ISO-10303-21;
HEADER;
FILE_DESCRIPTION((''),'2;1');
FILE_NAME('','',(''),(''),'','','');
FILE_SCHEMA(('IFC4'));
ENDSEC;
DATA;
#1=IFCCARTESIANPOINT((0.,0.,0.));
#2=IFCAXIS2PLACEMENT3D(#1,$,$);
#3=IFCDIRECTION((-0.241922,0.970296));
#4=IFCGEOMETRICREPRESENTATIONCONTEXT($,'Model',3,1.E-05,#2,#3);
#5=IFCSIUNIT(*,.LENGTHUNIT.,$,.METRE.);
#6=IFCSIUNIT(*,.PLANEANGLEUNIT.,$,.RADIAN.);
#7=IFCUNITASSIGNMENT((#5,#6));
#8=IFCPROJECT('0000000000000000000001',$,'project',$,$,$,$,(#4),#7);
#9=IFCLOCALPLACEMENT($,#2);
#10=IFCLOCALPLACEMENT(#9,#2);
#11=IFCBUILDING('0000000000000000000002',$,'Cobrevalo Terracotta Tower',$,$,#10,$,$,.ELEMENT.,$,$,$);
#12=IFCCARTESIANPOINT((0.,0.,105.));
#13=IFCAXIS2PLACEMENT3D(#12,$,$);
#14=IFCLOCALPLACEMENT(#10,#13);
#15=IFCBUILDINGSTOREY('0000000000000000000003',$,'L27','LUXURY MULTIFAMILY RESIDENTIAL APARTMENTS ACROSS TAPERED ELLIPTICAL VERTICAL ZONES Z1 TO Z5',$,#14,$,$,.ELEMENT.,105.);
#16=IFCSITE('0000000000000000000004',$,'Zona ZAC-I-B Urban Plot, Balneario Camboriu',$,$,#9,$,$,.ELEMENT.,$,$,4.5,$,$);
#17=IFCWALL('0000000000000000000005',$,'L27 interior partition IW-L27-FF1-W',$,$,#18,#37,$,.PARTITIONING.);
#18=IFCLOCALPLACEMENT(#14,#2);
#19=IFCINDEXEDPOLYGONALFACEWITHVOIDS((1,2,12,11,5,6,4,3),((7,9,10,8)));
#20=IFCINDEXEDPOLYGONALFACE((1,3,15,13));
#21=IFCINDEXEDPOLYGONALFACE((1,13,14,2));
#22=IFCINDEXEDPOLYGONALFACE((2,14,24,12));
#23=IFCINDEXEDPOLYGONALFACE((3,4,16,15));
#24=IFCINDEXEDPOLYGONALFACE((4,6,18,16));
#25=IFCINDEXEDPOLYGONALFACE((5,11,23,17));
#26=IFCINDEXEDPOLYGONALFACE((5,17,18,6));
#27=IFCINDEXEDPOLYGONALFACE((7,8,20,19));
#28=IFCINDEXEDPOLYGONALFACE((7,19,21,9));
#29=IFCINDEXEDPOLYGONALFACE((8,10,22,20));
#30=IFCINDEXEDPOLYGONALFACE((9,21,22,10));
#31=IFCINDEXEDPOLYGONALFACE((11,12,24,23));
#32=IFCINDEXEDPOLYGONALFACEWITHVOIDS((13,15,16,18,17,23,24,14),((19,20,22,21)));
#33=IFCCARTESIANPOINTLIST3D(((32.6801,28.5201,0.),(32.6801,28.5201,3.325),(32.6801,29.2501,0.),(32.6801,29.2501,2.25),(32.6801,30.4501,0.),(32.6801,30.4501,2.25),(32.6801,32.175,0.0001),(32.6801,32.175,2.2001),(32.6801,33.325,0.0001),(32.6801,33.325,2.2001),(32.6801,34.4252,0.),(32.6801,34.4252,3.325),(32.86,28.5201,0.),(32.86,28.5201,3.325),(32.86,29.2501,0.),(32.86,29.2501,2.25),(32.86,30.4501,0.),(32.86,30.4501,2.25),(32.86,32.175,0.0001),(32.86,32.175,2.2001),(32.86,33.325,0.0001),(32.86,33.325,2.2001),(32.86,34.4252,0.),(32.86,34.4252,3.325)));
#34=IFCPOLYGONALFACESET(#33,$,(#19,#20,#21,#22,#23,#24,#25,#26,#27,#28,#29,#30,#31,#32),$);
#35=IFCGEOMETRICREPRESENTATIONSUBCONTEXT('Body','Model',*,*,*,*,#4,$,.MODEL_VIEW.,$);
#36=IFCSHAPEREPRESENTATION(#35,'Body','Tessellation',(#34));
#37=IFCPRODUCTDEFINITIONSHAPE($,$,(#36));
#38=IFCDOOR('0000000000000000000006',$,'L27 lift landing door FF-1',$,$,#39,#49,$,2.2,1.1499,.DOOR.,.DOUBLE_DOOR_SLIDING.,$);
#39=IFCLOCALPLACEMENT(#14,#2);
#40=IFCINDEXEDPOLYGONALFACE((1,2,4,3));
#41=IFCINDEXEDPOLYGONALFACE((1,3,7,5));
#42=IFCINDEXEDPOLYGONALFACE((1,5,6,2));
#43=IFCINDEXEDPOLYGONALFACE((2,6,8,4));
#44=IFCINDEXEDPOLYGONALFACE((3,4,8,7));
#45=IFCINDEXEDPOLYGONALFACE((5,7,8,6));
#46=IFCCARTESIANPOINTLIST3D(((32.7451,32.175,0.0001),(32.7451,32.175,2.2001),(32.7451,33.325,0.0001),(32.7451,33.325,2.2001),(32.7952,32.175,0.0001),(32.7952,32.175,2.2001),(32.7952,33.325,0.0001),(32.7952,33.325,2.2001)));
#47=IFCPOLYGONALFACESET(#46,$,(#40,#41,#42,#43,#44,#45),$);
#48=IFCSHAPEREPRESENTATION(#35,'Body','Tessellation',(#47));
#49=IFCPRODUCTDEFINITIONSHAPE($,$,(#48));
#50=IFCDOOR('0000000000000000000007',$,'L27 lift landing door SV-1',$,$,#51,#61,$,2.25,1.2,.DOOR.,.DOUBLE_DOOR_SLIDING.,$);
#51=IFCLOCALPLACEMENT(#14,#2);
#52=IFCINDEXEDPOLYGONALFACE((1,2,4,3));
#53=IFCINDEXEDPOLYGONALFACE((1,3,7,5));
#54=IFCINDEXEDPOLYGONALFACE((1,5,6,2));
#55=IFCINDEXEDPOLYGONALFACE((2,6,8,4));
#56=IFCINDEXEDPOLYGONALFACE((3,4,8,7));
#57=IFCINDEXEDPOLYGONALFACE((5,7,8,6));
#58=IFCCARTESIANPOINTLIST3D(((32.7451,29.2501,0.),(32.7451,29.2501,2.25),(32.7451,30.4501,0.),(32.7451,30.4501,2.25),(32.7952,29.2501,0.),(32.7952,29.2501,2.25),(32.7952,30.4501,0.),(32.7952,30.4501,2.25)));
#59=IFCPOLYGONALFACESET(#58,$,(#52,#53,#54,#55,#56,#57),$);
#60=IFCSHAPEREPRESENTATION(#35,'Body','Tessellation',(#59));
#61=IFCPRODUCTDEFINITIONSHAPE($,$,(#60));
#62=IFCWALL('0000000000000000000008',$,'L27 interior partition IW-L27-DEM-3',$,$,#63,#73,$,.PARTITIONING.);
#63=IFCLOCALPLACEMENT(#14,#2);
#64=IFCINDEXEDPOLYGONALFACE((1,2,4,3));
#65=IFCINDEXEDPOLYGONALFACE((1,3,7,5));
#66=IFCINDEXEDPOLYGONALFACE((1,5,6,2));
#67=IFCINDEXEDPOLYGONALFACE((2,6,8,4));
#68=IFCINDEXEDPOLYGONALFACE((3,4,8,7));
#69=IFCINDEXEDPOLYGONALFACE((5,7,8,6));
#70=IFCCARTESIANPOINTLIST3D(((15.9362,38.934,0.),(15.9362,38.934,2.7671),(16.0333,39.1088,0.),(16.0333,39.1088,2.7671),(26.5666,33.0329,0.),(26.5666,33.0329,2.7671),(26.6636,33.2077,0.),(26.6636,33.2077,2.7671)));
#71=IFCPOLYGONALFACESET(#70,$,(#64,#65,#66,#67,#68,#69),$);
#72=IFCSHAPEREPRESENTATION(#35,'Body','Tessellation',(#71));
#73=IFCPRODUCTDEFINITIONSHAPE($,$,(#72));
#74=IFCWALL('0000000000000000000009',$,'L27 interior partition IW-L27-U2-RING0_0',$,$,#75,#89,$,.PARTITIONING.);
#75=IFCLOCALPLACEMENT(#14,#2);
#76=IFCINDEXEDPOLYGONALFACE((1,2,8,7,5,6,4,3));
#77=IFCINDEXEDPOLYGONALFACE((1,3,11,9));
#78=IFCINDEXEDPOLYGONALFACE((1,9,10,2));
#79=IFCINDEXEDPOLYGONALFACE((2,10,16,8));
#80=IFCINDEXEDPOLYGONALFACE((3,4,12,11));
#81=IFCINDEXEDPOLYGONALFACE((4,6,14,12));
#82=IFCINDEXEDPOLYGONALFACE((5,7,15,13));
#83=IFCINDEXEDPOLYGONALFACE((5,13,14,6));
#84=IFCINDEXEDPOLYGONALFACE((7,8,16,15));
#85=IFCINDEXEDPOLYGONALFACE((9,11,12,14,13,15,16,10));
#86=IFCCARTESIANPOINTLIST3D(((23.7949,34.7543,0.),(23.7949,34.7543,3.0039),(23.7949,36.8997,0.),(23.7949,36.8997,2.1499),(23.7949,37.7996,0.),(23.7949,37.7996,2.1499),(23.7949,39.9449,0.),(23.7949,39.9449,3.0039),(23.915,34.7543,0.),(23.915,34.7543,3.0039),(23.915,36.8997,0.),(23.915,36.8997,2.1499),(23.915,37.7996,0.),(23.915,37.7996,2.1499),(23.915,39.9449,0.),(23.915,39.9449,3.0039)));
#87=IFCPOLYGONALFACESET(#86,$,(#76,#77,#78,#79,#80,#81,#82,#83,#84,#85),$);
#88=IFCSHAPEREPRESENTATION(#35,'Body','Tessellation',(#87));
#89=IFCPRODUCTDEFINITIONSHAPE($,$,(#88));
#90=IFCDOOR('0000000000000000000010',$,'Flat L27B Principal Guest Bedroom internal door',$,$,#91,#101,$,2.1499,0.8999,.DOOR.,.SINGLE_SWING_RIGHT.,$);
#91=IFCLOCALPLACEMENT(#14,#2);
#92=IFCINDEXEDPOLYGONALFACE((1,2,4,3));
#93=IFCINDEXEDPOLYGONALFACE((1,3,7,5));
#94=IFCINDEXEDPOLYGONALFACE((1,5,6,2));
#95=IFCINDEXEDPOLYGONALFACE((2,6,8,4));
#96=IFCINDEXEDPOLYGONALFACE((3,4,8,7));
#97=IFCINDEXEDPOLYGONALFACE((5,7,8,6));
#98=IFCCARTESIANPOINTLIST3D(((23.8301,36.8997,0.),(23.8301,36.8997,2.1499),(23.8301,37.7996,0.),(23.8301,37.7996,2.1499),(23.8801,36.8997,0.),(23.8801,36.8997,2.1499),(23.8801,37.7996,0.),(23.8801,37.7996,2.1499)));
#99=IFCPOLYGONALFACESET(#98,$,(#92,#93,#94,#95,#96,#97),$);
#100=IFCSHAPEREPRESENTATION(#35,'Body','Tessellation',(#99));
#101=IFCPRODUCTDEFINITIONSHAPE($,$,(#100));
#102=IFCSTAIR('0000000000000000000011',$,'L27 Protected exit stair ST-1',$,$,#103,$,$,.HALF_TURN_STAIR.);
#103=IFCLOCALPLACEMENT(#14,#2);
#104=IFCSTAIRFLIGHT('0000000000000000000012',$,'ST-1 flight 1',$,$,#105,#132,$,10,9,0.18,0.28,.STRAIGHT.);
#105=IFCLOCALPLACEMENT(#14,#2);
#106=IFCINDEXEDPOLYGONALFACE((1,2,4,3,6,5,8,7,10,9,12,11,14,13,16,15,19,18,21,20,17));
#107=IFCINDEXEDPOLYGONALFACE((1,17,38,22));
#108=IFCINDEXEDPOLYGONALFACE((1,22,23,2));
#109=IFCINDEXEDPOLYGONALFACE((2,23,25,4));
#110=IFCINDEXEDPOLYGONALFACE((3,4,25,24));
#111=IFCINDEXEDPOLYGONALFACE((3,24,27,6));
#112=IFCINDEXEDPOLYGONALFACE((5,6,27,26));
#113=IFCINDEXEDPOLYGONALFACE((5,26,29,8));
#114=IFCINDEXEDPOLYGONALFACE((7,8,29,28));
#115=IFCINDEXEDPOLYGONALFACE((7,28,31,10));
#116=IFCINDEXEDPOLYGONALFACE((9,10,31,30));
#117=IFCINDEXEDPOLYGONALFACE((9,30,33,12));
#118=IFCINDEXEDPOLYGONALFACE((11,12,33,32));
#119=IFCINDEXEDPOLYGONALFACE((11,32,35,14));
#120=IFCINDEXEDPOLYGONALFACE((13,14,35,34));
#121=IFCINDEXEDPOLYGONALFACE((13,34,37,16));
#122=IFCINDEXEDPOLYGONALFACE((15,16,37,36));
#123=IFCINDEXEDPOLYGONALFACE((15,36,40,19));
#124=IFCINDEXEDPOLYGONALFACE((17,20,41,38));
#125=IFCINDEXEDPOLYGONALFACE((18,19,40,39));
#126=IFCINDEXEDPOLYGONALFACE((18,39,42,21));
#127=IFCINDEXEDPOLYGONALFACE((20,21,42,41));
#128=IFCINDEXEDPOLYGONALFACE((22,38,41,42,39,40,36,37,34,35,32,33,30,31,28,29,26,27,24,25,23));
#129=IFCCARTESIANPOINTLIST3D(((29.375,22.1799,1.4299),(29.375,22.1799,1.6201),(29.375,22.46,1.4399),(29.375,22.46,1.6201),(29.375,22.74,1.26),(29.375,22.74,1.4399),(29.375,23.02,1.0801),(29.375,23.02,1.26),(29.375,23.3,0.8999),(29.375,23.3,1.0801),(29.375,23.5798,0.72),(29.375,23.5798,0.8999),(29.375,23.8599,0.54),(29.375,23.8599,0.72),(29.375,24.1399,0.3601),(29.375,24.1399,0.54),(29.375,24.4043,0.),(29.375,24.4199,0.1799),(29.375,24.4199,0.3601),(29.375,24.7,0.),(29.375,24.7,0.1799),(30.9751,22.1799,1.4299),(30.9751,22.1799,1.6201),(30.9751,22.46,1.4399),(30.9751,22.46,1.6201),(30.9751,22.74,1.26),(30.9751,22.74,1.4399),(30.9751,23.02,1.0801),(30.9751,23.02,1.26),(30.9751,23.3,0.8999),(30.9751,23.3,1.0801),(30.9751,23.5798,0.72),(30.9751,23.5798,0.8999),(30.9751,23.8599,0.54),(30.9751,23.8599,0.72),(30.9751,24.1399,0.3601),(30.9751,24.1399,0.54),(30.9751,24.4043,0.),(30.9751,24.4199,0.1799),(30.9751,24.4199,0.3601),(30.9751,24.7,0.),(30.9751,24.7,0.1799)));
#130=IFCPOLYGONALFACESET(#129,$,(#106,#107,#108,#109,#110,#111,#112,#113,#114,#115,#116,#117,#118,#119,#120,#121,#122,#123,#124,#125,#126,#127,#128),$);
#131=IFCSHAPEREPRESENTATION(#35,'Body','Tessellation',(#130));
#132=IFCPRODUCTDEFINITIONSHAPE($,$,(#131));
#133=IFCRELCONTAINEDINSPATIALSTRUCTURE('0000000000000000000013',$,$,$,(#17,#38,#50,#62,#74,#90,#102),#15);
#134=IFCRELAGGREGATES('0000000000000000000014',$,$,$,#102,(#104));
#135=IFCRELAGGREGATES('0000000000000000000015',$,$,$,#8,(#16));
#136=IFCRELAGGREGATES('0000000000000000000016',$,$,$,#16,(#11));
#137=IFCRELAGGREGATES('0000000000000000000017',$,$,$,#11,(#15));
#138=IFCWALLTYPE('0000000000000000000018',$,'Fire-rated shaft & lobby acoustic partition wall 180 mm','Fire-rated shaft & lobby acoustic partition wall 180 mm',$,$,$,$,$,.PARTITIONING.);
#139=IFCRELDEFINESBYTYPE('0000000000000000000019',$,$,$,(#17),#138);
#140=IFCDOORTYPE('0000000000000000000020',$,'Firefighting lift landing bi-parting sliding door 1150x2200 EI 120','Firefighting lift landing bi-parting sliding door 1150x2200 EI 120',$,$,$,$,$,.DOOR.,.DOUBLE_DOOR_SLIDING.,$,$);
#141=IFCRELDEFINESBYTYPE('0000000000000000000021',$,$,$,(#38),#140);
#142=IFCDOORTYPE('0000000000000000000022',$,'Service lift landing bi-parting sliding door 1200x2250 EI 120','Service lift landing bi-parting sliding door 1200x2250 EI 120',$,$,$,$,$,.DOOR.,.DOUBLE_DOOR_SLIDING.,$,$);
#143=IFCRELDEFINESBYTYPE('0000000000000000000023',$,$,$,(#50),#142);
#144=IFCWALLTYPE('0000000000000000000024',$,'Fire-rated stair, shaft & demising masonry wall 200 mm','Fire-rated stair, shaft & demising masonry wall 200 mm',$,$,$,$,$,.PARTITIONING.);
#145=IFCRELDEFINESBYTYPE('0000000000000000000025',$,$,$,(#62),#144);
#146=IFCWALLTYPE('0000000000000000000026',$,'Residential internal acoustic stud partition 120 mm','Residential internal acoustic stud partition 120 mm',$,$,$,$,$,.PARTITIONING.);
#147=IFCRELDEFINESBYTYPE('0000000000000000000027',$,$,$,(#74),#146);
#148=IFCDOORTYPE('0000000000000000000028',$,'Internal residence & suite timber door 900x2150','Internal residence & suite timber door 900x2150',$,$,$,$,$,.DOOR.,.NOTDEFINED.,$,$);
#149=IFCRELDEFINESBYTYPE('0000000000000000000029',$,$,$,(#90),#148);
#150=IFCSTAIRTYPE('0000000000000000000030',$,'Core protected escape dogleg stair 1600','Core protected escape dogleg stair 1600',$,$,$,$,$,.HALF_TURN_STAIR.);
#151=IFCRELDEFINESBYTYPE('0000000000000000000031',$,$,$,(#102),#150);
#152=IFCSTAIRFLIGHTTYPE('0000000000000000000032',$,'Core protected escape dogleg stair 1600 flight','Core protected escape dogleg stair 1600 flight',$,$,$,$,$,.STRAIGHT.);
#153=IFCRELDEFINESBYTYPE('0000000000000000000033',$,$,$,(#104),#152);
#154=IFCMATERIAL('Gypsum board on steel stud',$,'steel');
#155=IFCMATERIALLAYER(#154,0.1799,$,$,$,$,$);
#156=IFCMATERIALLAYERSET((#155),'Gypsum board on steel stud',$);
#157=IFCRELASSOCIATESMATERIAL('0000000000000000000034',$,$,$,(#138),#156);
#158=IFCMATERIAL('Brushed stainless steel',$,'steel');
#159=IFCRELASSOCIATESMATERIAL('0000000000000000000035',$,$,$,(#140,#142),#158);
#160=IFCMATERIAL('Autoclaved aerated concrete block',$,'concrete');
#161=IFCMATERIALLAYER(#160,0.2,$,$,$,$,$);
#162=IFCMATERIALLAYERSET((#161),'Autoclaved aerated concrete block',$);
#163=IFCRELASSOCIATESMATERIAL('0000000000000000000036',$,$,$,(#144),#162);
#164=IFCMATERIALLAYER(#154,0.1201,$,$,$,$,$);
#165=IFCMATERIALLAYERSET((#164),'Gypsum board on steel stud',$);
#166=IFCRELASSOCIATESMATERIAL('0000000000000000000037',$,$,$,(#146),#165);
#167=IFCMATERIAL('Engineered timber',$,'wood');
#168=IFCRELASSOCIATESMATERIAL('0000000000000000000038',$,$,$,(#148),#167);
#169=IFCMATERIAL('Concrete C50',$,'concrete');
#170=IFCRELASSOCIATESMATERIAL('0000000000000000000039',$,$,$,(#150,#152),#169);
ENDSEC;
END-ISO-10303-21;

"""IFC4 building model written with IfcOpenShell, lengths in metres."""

from ifc_helpers import new_model, si_unit, direction, frame, frame_2d, origin, place, context, subcontext, project, spatial, polyline, rectangle, outline, extrude, source, transform, mapped, material, layer, layer_set, type_object, element, fill, aggregate, save


model = new_model("IFC4")

# Units and contexts
model_context = context("Model", 3, precision=1e-05, world=origin(), true_north=direction((-0.241922, 0.970296)))
body_context = subcontext(model_context, "Body", "Model", "MODEL_VIEW")
ifc_project = project(units=[si_unit("LENGTHUNIT", "METRE"), si_unit("PLANEANGLEUNIT", "RADIAN")], contexts=[model_context])

# Site, building, storey
site_placement = place(None, origin())
site = spatial("IfcSite", under=ifc_project, at=site_placement, Name="Zona ZAC-I-B Urban Plot, Balneario Camboriu", CompositionType="ELEMENT", RefElevation=4.5)
building_placement = place(site_placement, origin())
building = spatial("IfcBuilding", under=site, at=building_placement, Name="Cobrevalo Terracotta Tower", CompositionType="ELEMENT")
storey_placement = place(building_placement, frame((0.0, 0.0, 105.0)))
storey = spatial("IfcBuildingStorey", under=building, at=storey_placement, Name="L27", Description="LUXURY MULTIFAMILY RESIDENTIAL APARTMENTS ACROSS TAPERED ELLIPTICAL VERTICAL ZONES Z1 TO Z5", CompositionType="ELEMENT", Elevation=105.0)

# Shared definitions
ifc_material_1 = material(Name="Gypsum board on steel stud", Category="steel")

# Shared definitions
ifc_layer_1 = layer(ifc_material_1, 0.1799)
ifc_layer_set_1 = layer_set([ifc_layer_1], Name="Gypsum board on steel stud")
wall_type_1 = type_object("IfcWallType", Name="Fire-rated shaft & lobby acoustic partition wall 180 mm", Description="Fire-rated shaft & lobby acoustic partition wall 180 mm", PredefinedType="PARTITIONING", material=ifc_layer_set_1)

# Wall, openings, doors
wall_1_placement = place(storey_placement, frame((32.77, 28.52, 0.0), z_axis=(0.0, 0.0, 1.0), x_axis=(0.0, 1.0, 0.0)))
wall_1 = element("IfcWall", 1, at=wall_1_placement, inside=storey, type_object=wall_type_1, Name="L27 interior partition IW-L27-FF1-W", PredefinedType="PARTITIONING", context=body_context, shape_type="SweptSolid", body=[
    extrude(rectangle(XDim=5.905, YDim=0.1799, at=frame_2d((2.9526, 0.0))), origin(), (0.0, 0.0, 1.0), 3.325),
])
opening_1_placement = place(wall_1_placement, frame((3.655, 0.0, 0.0)))
opening_1 = element("IfcOpeningElement", 2, at=opening_1_placement, cuts=wall_1, PredefinedType="OPENING", context=body_context, shape_type="SweptSolid", body=[
    extrude(rectangle(XDim=1.1499, YDim=2.2, at=frame_2d((0.575, 1.1001))), frame((0.0, 0.1001, 0.0), z_axis=(0.0, -1.0, 0.0), x_axis=(1.0, 0.0, 0.0)), (0.0, 0.0, 1.0), 0.2),
])
opening_2_placement = place(wall_1_placement, frame((0.73, 0.0, 0.0)))
opening_2 = element("IfcOpeningElement", 3, at=opening_2_placement, cuts=wall_1, PredefinedType="OPENING", context=body_context, shape_type="SweptSolid", body=[
    extrude(rectangle(XDim=1.2, YDim=2.25, at=frame_2d((0.6001, 1.125))), frame((0.0, 0.1001, 0.0), z_axis=(0.0, -1.0, 0.0), x_axis=(1.0, 0.0, 0.0)), (0.0, 0.0, 1.0), 0.2),
])
ifc_material_2 = material(Name="Brushed stainless steel", Category="steel")
door_type_1 = type_object("IfcDoorType", Name="Firefighting lift landing bi-parting sliding door 1150x2200 EI 120", Description="Firefighting lift landing bi-parting sliding door 1150x2200 EI 120", OperationType="DOUBLE_DOOR_SLIDING", PredefinedType="DOOR", material=ifc_material_2)
shared_shape_1 = source(origin(), body_context, "Body", "SweptSolid", [
    extrude(rectangle(XDim=1.1499, YDim=2.2, at=frame_2d((0.575, 1.1001))), frame((0.0, 0.0249, 0.0), z_axis=(0.0, -1.0, 0.0), x_axis=(1.0, 0.0, 0.0)), (0.0, 0.0, 1.0), 0.05),
])
door_1_placement = place(opening_1_placement, origin())
door_1 = element("IfcDoor", 4, at=door_1_placement, inside=storey, type_object=door_type_1, Name="L27 lift landing door FF-1", OperationType="DOUBLE_DOOR_SLIDING", OverallHeight=2.2, OverallWidth=1.1499, PredefinedType="DOOR", context=body_context, shape_type="MappedRepresentation", body=[
    mapped(shared_shape_1, transform((0.0, 0.0, 0.0), scale=1.0)),
])
fill(opening_1, door_1)
door_type_2 = type_object("IfcDoorType", Name="Service lift landing bi-parting sliding door 1200x2250 EI 120", Description="Service lift landing bi-parting sliding door 1200x2250 EI 120", OperationType="DOUBLE_DOOR_SLIDING", PredefinedType="DOOR", material=ifc_material_2)
shared_shape_2 = source(origin(), body_context, "Body", "SweptSolid", [
    extrude(rectangle(XDim=1.2, YDim=2.25, at=frame_2d((0.6001, 1.125))), frame((0.0, 0.0249, 0.0), z_axis=(0.0, -1.0, 0.0), x_axis=(1.0, 0.0, 0.0)), (0.0, 0.0, 1.0), 0.05),
])
door_2_placement = place(opening_2_placement, origin())
door_2 = element("IfcDoor", 5, at=door_2_placement, inside=storey, type_object=door_type_2, Name="L27 lift landing door SV-1", OperationType="DOUBLE_DOOR_SLIDING", OverallHeight=2.25, OverallWidth=1.2, PredefinedType="DOOR", context=body_context, shape_type="MappedRepresentation", body=[
    mapped(shared_shape_2, transform((0.0, 0.0, 0.0), scale=1.0)),
])
fill(opening_2, door_2)

# Wall
ifc_material_3 = material(Name="Autoclaved aerated concrete block", Category="concrete")
ifc_layer_2 = layer(ifc_material_3, 0.2)
ifc_layer_set_2 = layer_set([ifc_layer_2], Name="Autoclaved aerated concrete block")
wall_type_2 = type_object("IfcWallType", Name="Fire-rated stair, shaft & demising masonry wall 200 mm", Description="Fire-rated stair, shaft & demising masonry wall 200 mm", PredefinedType="PARTITIONING", material=ifc_layer_set_2)
wall_2_placement = place(storey_placement, frame((26.615, 33.1204, 0.0), z_axis=(0.0, 0.0, 1.0), x_axis=(-0.874319, 0.485351, 0.0)))
element("IfcWall", 6, at=wall_2_placement, inside=storey, type_object=wall_type_2, Name="L27 interior partition IW-L27-DEM-3", PredefinedType="PARTITIONING", context=body_context, shape_type="SweptSolid", body=[
    extrude(rectangle(XDim=12.1584, YDim=0.2, at=frame_2d((6.0791, 0.0))), origin(), (0.0, 0.0, 1.0), 2.7671),
])

# Wall, opening, door
ifc_layer_3 = layer(ifc_material_1, 0.1201)
ifc_layer_set_3 = layer_set([ifc_layer_3], Name="Gypsum board on steel stud")
wall_type_3 = type_object("IfcWallType", Name="Residential internal acoustic stud partition 120 mm", Description="Residential internal acoustic stud partition 120 mm", PredefinedType="PARTITIONING", material=ifc_layer_set_3)
wall_3_placement = place(storey_placement, frame((23.855, 34.7544, 0.0), z_axis=(0.0, 0.0, 1.0), x_axis=(0.0, 1.0, 0.0)))
wall_3 = element("IfcWall", 7, at=wall_3_placement, inside=storey, type_object=wall_type_3, Name="L27 interior partition IW-L27-U2-RING0_0", PredefinedType="PARTITIONING", context=body_context, shape_type="SweptSolid", body=[
    extrude(rectangle(XDim=5.1907, YDim=0.1201, at=frame_2d((2.5952, 0.0))), origin(), (0.0, 0.0, 1.0), 3.0039),
])
opening_3_placement = place(wall_3_placement, frame((2.1453, 0.0, 0.0)))
opening_3 = element("IfcOpeningElement", 8, at=opening_3_placement, cuts=wall_3, PredefinedType="OPENING", context=body_context, shape_type="SweptSolid", body=[
    extrude(rectangle(XDim=0.8999, YDim=2.1499, at=frame_2d((0.45, 1.075))), frame((0.0, 0.0701, 0.0), z_axis=(0.0, -1.0, 0.0), x_axis=(1.0, 0.0, 0.0)), (0.0, 0.0, 1.0), 0.1401),
])
ifc_material_4 = material(Name="Engineered timber", Category="wood")
door_type_3 = type_object("IfcDoorType", Name="Internal residence & suite timber door 900x2150", Description="Internal residence & suite timber door 900x2150", OperationType="NOTDEFINED", PredefinedType="DOOR", material=ifc_material_4)
shared_shape_3 = source(origin(), body_context, "Body", "SweptSolid", [
    extrude(rectangle(XDim=0.8999, YDim=2.1499, at=frame_2d((0.45, 1.075))), frame((0.0, 0.0249, 0.0), z_axis=(0.0, -1.0, 0.0), x_axis=(1.0, 0.0, 0.0)), (0.0, 0.0, 1.0), 0.05),
])
door_3_placement = place(opening_3_placement, origin())
door_3 = element("IfcDoor", 9, at=door_3_placement, inside=storey, type_object=door_type_3, Name="Flat L27B Principal Guest Bedroom internal door", OperationType="SINGLE_SWING_RIGHT", OverallHeight=2.1499, OverallWidth=0.8999, PredefinedType="DOOR", context=body_context, shape_type="MappedRepresentation", body=[
    mapped(shared_shape_3, transform((0.0, 0.0, 0.0), scale=1.0)),
])
fill(opening_3, door_3)
ifc_material_5 = material(Name="Concrete C50", Category="concrete")

# Stair, stair flight
stair_type = type_object("IfcStairType", Name="Core protected escape dogleg stair 1600", Description="Core protected escape dogleg stair 1600", PredefinedType="HALF_TURN_STAIR", material=ifc_material_5)
stair_placement = place(storey_placement, origin())
stair = element("IfcStair", 10, at=stair_placement, inside=storey, type_object=stair_type, Name="L27 Protected exit stair ST-1", PredefinedType="HALF_TURN_STAIR")
stair_flight_type = type_object("IfcStairFlightType", Name="Core protected escape dogleg stair 1600 flight", Description="Core protected escape dogleg stair 1600 flight", PredefinedType="STRAIGHT", material=ifc_material_5)
stair_flight_placement = place(storey_placement, frame((30.175, 24.7, 0.0), z_axis=(0.0, 0.0, 1.0), x_axis=(0.0, -1.0, 0.0)))
stair_flight = element("IfcStairFlight", 11, at=stair_flight_placement, type_object=stair_flight_type, Name="ST-1 flight 1", NumberOfRisers=10, NumberOfTreads=9, PredefinedType="STRAIGHT", RiserHeight=0.18, TreadLength=0.28, context=body_context, shape_type="SweptSolid", body=[
    extrude(outline(polyline([(0.0, 0.0), (0.0, 0.1799), (0.28, 0.1799), (0.28, 0.3601), (0.5601, 0.3601), (0.5601, 0.54), (0.8401, 0.54), (0.8401, 0.72), (1.1201, 0.72), (1.1201, 0.8999), (1.3999, 0.8999), (1.3999, 1.0801), (1.6799, 1.0801), (1.6799, 1.26), (1.96, 1.26), (1.96, 1.4399), (2.24, 1.4399), (2.24, 1.6201), (2.52, 1.6201), (2.52, 1.8), (2.52, 1.4299), (0.2957, 0.0), (0.0, 0.0)])), frame((0.0, 0.8, 0.0), z_axis=(0.0, -1.0, 0.0), x_axis=(1.0, 0.0, 0.0)), (0.0, 0.0, 1.0), 1.6001),
])
aggregate(stair, [stair_flight])

save(model, "model.ifc")
